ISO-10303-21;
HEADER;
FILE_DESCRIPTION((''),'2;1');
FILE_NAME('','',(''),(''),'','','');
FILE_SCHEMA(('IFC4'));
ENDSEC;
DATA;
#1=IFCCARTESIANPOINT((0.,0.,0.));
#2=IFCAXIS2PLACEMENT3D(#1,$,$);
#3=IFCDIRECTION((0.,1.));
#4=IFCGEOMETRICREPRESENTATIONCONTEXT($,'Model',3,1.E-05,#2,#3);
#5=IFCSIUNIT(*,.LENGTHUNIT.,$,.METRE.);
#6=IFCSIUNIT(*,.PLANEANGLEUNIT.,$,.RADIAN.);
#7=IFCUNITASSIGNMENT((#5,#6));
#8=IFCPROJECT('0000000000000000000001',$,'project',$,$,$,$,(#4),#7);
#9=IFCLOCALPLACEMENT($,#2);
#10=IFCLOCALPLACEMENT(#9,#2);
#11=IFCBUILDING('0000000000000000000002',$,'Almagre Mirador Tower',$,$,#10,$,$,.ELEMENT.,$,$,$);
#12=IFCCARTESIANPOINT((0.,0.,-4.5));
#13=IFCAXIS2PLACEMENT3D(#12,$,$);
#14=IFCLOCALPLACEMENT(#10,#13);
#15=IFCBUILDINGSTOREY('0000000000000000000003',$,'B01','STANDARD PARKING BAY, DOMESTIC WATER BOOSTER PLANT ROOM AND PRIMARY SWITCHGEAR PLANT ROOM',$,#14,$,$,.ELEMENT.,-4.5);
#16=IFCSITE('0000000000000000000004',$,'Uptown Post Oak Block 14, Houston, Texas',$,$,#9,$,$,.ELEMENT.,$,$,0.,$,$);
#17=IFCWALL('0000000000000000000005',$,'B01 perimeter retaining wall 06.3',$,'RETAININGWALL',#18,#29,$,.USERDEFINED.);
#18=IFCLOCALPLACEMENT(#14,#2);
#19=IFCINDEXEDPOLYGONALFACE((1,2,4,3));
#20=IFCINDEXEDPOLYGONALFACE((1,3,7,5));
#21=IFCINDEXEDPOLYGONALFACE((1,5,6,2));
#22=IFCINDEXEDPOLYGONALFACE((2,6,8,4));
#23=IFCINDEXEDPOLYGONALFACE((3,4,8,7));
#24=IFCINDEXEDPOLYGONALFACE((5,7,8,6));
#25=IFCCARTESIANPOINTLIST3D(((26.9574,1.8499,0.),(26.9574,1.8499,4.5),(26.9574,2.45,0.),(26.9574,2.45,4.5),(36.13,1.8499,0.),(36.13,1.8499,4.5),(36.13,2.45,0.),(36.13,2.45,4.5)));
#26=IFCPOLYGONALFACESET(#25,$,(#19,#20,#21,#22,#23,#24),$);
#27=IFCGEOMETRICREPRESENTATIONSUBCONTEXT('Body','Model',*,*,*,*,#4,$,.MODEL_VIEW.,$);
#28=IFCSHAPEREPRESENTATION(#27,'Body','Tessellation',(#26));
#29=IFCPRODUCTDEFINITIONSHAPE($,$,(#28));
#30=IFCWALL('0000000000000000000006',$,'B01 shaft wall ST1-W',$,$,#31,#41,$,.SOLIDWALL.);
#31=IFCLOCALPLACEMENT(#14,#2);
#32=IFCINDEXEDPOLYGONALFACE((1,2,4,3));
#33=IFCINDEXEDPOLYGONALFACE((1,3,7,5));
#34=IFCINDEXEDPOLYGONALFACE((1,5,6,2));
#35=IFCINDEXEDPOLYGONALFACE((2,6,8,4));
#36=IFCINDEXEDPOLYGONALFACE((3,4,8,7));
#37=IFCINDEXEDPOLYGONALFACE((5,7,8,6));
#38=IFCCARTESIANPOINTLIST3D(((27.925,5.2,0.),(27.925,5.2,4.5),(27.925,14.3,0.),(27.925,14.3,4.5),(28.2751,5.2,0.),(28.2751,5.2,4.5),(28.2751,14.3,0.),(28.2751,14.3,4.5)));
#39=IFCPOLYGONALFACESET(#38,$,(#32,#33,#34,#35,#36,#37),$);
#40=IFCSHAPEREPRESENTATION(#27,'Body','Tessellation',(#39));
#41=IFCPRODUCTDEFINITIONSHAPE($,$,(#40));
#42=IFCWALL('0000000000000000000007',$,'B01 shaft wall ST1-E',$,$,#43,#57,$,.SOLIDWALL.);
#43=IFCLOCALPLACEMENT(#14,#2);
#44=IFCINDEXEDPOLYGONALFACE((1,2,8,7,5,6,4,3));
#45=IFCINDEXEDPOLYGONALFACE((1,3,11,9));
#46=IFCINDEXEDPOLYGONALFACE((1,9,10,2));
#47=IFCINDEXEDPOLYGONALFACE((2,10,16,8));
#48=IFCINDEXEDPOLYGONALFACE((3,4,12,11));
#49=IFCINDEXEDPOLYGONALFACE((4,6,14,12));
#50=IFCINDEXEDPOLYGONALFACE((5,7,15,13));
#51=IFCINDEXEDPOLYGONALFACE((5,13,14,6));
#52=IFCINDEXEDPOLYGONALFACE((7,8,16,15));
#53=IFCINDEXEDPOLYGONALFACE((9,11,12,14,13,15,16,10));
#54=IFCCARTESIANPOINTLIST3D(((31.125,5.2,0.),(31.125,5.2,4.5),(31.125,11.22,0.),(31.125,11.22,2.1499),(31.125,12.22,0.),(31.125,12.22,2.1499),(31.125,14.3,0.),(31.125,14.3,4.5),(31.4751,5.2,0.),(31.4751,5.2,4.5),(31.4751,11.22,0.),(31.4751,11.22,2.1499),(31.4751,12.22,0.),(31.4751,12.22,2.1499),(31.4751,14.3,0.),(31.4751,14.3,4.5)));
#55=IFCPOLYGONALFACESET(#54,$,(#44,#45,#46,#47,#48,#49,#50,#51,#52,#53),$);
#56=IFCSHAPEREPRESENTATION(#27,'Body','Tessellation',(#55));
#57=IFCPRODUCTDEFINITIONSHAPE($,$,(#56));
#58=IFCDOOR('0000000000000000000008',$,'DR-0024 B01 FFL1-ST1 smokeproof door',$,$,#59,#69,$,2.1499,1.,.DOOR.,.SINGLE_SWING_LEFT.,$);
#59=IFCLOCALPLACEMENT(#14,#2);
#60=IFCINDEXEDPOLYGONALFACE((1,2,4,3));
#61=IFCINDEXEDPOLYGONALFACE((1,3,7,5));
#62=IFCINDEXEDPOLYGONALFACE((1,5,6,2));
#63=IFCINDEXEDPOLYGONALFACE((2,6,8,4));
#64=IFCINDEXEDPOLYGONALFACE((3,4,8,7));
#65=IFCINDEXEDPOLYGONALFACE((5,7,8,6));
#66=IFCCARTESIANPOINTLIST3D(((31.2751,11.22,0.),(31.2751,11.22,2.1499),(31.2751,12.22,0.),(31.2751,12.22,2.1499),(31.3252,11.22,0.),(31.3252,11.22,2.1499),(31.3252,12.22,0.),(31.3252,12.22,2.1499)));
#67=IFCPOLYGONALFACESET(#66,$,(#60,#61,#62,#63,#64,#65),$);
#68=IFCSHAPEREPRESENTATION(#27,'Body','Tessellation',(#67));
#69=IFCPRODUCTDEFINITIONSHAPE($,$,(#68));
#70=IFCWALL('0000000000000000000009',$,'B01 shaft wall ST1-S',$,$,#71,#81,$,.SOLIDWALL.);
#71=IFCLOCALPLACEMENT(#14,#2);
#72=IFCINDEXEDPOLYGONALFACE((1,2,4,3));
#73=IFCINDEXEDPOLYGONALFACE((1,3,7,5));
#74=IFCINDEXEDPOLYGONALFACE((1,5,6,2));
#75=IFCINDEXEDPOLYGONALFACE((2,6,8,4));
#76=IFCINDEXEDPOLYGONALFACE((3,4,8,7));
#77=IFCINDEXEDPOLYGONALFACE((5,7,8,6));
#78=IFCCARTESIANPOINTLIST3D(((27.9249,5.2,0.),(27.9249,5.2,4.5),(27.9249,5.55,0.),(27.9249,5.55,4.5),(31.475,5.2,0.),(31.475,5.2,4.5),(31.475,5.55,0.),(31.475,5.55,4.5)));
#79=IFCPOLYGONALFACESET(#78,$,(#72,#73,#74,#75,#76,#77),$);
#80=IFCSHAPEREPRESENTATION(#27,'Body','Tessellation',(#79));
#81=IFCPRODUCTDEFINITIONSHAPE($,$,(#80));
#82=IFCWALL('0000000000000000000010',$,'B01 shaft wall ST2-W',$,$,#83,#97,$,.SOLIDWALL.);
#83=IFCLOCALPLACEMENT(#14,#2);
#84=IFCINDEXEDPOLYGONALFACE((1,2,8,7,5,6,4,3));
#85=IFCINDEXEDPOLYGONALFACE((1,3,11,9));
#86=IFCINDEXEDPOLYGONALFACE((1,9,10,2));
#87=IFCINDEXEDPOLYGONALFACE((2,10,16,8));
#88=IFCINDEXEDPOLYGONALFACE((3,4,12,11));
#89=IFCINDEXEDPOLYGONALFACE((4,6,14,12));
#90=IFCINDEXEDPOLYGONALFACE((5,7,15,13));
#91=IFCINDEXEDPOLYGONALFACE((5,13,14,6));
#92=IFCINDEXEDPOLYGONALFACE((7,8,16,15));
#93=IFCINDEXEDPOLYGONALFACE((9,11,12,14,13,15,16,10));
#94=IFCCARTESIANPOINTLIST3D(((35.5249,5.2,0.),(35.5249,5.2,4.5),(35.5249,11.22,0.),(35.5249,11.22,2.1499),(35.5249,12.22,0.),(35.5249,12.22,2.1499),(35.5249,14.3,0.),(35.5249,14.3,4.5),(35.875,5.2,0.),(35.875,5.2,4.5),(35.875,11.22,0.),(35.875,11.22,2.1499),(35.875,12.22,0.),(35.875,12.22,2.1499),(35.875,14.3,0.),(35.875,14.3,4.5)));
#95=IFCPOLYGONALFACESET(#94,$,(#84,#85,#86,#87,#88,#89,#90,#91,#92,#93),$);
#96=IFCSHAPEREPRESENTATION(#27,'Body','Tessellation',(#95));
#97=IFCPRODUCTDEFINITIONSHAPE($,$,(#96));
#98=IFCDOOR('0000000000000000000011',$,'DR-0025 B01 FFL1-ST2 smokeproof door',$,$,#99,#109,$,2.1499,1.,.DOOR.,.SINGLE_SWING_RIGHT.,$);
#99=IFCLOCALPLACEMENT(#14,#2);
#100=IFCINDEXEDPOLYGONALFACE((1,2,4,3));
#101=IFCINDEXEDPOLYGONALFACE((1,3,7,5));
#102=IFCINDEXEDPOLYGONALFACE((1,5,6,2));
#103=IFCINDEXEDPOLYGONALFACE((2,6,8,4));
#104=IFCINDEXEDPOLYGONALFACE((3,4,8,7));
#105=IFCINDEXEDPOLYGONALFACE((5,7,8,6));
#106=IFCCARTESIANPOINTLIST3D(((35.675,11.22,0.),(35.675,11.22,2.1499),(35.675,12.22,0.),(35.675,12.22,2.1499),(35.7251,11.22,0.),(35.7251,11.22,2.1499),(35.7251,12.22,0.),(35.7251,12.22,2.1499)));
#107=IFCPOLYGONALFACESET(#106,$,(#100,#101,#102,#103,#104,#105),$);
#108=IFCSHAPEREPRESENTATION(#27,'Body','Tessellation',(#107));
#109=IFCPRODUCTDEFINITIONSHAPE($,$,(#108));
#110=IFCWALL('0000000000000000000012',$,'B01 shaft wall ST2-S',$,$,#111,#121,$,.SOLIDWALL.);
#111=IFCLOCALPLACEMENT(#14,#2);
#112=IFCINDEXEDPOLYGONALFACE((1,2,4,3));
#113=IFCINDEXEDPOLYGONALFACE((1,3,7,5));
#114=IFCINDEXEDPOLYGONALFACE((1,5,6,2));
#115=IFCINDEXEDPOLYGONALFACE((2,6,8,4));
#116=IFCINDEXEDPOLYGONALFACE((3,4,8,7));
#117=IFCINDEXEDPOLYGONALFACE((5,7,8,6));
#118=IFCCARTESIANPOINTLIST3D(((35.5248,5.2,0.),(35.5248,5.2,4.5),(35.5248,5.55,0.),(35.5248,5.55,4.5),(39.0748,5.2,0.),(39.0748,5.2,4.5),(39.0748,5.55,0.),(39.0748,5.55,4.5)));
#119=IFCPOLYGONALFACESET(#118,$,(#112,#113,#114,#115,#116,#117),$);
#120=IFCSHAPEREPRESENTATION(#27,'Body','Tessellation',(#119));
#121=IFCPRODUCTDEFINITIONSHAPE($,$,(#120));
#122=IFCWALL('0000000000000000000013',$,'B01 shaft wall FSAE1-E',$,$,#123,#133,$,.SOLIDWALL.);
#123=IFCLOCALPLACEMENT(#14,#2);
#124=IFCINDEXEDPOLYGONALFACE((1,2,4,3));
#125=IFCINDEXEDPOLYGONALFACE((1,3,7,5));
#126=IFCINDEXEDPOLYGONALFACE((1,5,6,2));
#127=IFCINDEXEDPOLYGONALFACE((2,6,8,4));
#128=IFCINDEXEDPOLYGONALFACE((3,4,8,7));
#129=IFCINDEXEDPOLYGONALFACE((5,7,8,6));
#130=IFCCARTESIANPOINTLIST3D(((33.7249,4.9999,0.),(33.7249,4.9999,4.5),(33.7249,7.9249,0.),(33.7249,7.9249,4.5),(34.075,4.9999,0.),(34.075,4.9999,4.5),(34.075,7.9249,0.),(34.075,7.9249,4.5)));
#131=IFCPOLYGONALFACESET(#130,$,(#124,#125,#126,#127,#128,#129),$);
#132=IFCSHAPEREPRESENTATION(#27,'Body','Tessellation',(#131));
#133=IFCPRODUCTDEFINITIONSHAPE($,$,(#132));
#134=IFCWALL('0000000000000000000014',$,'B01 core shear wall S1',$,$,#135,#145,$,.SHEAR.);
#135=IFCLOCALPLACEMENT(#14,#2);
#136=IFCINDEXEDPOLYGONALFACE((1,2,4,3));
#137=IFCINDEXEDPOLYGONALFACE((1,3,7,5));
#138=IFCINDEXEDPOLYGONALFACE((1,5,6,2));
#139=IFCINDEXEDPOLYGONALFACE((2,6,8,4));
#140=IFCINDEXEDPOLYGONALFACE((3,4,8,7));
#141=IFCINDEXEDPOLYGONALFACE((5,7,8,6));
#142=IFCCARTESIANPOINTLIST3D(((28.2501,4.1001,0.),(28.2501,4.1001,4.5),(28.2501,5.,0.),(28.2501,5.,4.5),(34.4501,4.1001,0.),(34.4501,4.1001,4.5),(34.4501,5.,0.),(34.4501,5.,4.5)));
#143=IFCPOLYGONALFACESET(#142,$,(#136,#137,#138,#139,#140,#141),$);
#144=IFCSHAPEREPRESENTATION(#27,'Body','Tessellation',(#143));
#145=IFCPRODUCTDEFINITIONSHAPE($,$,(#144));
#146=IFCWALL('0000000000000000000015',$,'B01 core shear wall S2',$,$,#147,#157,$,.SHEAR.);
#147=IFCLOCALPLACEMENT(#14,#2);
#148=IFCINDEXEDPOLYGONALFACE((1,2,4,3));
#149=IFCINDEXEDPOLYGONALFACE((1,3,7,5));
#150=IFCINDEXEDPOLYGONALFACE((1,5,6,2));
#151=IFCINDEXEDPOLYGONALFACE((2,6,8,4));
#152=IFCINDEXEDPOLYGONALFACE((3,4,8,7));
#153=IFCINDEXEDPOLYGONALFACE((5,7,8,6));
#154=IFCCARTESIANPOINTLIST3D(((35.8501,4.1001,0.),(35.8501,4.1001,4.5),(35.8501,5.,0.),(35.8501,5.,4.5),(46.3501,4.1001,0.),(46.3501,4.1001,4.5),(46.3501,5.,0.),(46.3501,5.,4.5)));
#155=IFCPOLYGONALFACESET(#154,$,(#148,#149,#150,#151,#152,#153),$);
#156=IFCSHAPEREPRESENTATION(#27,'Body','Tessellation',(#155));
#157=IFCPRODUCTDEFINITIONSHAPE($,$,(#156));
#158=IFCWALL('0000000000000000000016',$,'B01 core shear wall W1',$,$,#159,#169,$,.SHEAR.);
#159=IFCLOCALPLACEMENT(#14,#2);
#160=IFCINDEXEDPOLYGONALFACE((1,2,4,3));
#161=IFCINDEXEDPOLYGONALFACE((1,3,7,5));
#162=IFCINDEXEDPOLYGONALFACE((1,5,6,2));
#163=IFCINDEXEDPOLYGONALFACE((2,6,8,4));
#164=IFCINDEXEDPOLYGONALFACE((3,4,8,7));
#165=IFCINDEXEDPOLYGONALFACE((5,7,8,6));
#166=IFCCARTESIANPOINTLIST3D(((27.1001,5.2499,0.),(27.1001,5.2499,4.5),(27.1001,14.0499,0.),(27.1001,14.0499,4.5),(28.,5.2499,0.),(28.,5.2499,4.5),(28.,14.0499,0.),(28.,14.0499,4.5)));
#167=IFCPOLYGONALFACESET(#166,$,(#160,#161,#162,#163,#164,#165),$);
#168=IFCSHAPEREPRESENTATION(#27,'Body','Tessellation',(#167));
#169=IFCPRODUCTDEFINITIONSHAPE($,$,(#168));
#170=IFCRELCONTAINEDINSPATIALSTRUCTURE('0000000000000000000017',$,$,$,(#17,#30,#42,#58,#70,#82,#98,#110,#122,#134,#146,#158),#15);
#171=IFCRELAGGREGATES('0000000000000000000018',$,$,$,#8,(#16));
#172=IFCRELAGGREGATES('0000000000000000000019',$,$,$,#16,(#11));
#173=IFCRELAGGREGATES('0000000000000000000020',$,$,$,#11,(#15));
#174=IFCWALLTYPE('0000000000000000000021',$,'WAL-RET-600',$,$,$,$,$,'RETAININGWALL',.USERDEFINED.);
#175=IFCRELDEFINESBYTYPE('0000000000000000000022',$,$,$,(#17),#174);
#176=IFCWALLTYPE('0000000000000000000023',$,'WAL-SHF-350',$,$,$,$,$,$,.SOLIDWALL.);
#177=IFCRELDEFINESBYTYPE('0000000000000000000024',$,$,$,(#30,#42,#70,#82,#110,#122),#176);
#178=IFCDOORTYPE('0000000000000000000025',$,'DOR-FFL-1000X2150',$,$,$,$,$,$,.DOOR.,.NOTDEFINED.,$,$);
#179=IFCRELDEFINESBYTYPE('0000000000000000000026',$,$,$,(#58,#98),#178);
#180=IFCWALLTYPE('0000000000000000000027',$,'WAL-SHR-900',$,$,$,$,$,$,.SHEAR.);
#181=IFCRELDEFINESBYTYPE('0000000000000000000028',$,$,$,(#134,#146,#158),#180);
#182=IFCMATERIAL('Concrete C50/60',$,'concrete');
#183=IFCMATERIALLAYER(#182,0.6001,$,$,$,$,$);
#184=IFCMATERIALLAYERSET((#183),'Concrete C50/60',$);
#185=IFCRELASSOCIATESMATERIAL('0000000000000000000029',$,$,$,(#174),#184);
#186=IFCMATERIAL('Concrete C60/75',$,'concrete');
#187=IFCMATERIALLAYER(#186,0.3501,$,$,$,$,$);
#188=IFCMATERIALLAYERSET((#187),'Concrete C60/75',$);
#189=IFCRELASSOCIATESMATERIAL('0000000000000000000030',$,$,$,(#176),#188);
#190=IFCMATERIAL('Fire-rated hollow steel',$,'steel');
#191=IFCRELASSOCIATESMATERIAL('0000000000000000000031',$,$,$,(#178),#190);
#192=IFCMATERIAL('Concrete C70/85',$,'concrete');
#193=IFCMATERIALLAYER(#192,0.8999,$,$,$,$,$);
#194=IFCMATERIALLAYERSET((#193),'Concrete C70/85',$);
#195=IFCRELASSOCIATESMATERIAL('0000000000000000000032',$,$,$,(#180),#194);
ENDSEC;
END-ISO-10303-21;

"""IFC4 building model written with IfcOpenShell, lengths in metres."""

from ifc_helpers import new_model, si_unit, direction, frame, frame_2d, origin, place, context, subcontext, project, spatial, rectangle, extrude, material, layer, layer_set, type_object, element, fill, save


model = new_model("IFC4")

# Units and contexts
model_context = context("Model", 3, precision=1e-05, world=origin(), true_north=direction((0.0, 1.0)))
body_context = subcontext(model_context, "Body", "Model", "MODEL_VIEW")
ifc_project = project(units=[si_unit("LENGTHUNIT", "METRE"), si_unit("PLANEANGLEUNIT", "RADIAN")], contexts=[model_context])

# Site, building, storey
site_placement = place(None, origin())
site = spatial("IfcSite", under=ifc_project, at=site_placement, Name="Uptown Post Oak Block 14, Houston, Texas", CompositionType="ELEMENT", RefElevation=0.0)
building_placement = place(site_placement, origin())
building = spatial("IfcBuilding", under=site, at=building_placement, Name="Almagre Mirador Tower", CompositionType="ELEMENT")
storey_placement = place(building_placement, frame((0.0, 0.0, -4.5)))
storey = spatial("IfcBuildingStorey", under=building, at=storey_placement, Name="B01", Description="STANDARD PARKING BAY, DOMESTIC WATER BOOSTER PLANT ROOM AND PRIMARY SWITCHGEAR PLANT ROOM", CompositionType="ELEMENT", Elevation=-4.5)

# Walls
ifc_material_1 = material(Name="Concrete C50/60", Category="concrete")
ifc_layer_1 = layer(ifc_material_1, 0.6001)
ifc_layer_set_1 = layer_set([ifc_layer_1], Name="Concrete C50/60")
wall_type_1 = type_object("IfcWallType", Name="WAL-RET-600", ElementType="RETAININGWALL", PredefinedType="USERDEFINED", material=ifc_layer_set_1)
wall_1_placement = place(storey_placement, frame((26.9573, 2.1499, 0.0), z_axis=(0.0, 0.0, 1.0), x_axis=(1.0, 0.0, 0.0)))
element("IfcWall", 1, at=wall_1_placement, inside=storey, type_object=wall_type_1, Name="B01 perimeter retaining wall 06.3", ObjectType="RETAININGWALL", PredefinedType="USERDEFINED", context=body_context, shape_type="SweptSolid", body=[
    extrude(rectangle(XDim=9.1726, YDim=0.6001, at=frame_2d((4.5864, 0.0))), origin(), (0.0, 0.0, 1.0), 4.5),
])
ifc_material_2 = material(Name="Concrete C60/75", Category="concrete")
ifc_layer_2 = layer(ifc_material_2, 0.3501)
ifc_layer_set_2 = layer_set([ifc_layer_2], Name="Concrete C60/75")
wall_type_2 = type_object("IfcWallType", Name="WAL-SHF-350", PredefinedType="SOLIDWALL", material=ifc_layer_set_2)
wall_2_placement = place(storey_placement, frame((28.1001, 5.2, 0.0), z_axis=(0.0, 0.0, 1.0), x_axis=(0.0, 1.0, 0.0)))
element("IfcWall", 2, at=wall_2_placement, inside=storey, type_object=wall_type_2, Name="B01 shaft wall ST1-W", PredefinedType="SOLIDWALL", context=body_context, shape_type="SweptSolid", body=[
    extrude(rectangle(XDim=9.1001, YDim=0.3501, at=frame_2d((4.55, 0.0))), origin(), (0.0, 0.0, 1.0), 4.5),
])

# Wall, opening, door
wall_3_placement = place(storey_placement, frame((31.3, 5.2, 0.0), z_axis=(0.0, 0.0, 1.0), x_axis=(0.0, 1.0, 0.0)))
wall_3 = element("IfcWall", 3, at=wall_3_placement, inside=storey, type_object=wall_type_2, Name="B01 shaft wall ST1-E", PredefinedType="SOLIDWALL", context=body_context, shape_type="SweptSolid", body=[
    extrude(rectangle(XDim=9.1001, YDim=0.3501, at=frame_2d((4.55, 0.0))), origin(), (0.0, 0.0, 1.0), 4.5),
])
opening_1_placement = place(wall_3_placement, frame((6.02, 0.0, 0.0)))
opening_1 = element("IfcOpeningElement", 4, at=opening_1_placement, cuts=wall_3, PredefinedType="OPENING", context=body_context, shape_type="SweptSolid", body=[
    extrude(rectangle(XDim=1.0, YDim=2.1499, at=frame_2d((0.5, 1.075))), frame((0.0, 0.185, 0.0), z_axis=(0.0, -1.0, 0.0), x_axis=(1.0, 0.0, 0.0)), (0.0, 0.0, 1.0), 0.3701),
])
ifc_material_3 = material(Name="Fire-rated hollow steel", Category="steel")
door_type = type_object("IfcDoorType", Name="DOR-FFL-1000X2150", OperationType="NOTDEFINED", PredefinedType="DOOR", material=ifc_material_3)
door_1_placement = place(opening_1_placement, origin())
door_1 = element("IfcDoor", 5, at=door_1_placement, inside=storey, type_object=door_type, Name="DR-0024 B01 FFL1-ST1 smokeproof door", OperationType="SINGLE_SWING_LEFT", OverallHeight=2.1499, OverallWidth=1.0, PredefinedType="DOOR", context=body_context, shape_type="SweptSolid", body=[
    extrude(rectangle(XDim=1.0, YDim=2.1499, at=frame_2d((0.5, 1.075))), frame((0.0, 0.0249, 0.0), z_axis=(0.0, -1.0, 0.0), x_axis=(1.0, 0.0, 0.0)), (0.0, 0.0, 1.0), 0.05),
])
fill(opening_1, door_1)

# Wall
wall_4_placement = place(storey_placement, frame((27.925, 5.375, 0.0), z_axis=(0.0, 0.0, 1.0), x_axis=(1.0, 0.0, 0.0)))
element("IfcWall", 6, at=wall_4_placement, inside=storey, type_object=wall_type_2, Name="B01 shaft wall ST1-S", PredefinedType="SOLIDWALL", context=body_context, shape_type="SweptSolid", body=[
    extrude(rectangle(XDim=3.55, YDim=0.3501, at=frame_2d((1.7749, 0.0))), origin(), (0.0, 0.0, 1.0), 4.5),
])

# Wall, opening, door
wall_5_placement = place(storey_placement, frame((35.7, 5.2, 0.0), z_axis=(0.0, 0.0, 1.0), x_axis=(0.0, 1.0, 0.0)))
wall_5 = element("IfcWall", 7, at=wall_5_placement, inside=storey, type_object=wall_type_2, Name="B01 shaft wall ST2-W", PredefinedType="SOLIDWALL", context=body_context, shape_type="SweptSolid", body=[
    extrude(rectangle(XDim=9.1001, YDim=0.3501, at=frame_2d((4.55, 0.0))), origin(), (0.0, 0.0, 1.0), 4.5),
])
opening_2_placement = place(wall_5_placement, frame((6.02, 0.0, 0.0)))
opening_2 = element("IfcOpeningElement", 8, at=opening_2_placement, cuts=wall_5, PredefinedType="OPENING", context=body_context, shape_type="SweptSolid", body=[
    extrude(rectangle(XDim=1.0, YDim=2.1499, at=frame_2d((0.5, 1.075))), frame((0.0, 0.185, 0.0), z_axis=(0.0, -1.0, 0.0), x_axis=(1.0, 0.0, 0.0)), (0.0, 0.0, 1.0), 0.3701),
])
door_2_placement = place(opening_2_placement, origin())
door_2 = element("IfcDoor", 9, at=door_2_placement, inside=storey, type_object=door_type, Name="DR-0025 B01 FFL1-ST2 smokeproof door", OperationType="SINGLE_SWING_RIGHT", OverallHeight=2.1499, OverallWidth=1.0, PredefinedType="DOOR", context=body_context, shape_type="SweptSolid", body=[
    extrude(rectangle(XDim=1.0, YDim=2.1499, at=frame_2d((0.5, 1.075))), frame((0.0, 0.0249, 0.0), z_axis=(0.0, -1.0, 0.0), x_axis=(1.0, 0.0, 0.0)), (0.0, 0.0, 1.0), 0.05),
])
fill(opening_2, door_2)

# Walls
wall_6_placement = place(storey_placement, frame((35.5249, 5.375, 0.0), z_axis=(0.0, 0.0, 1.0), x_axis=(1.0, 0.0, 0.0)))
element("IfcWall", 10, at=wall_6_placement, inside=storey, type_object=wall_type_2, Name="B01 shaft wall ST2-S", PredefinedType="SOLIDWALL", context=body_context, shape_type="SweptSolid", body=[
    extrude(rectangle(XDim=3.55, YDim=0.3501, at=frame_2d((1.7749, 0.0))), origin(), (0.0, 0.0, 1.0), 4.5),
])
wall_7_placement = place(storey_placement, frame((33.8999, 5.0, 0.0), z_axis=(0.0, 0.0, 1.0), x_axis=(0.0, 1.0, 0.0)))
element("IfcWall", 11, at=wall_7_placement, inside=storey, type_object=wall_type_2, Name="B01 shaft wall FSAE1-E", PredefinedType="SOLIDWALL", context=body_context, shape_type="SweptSolid", body=[
    extrude(rectangle(XDim=2.925, YDim=0.3501, at=frame_2d((1.4624, 0.0))), origin(), (0.0, 0.0, 1.0), 4.5),
])
ifc_material_4 = material(Name="Concrete C70/85", Category="concrete")
ifc_layer_3 = layer(ifc_material_4, 0.8999)
ifc_layer_set_3 = layer_set([ifc_layer_3], Name="Concrete C70/85")
wall_type_3 = type_object("IfcWallType", Name="WAL-SHR-900", PredefinedType="SHEAR", material=ifc_layer_set_3)
wall_8_placement = place(storey_placement, frame((28.25, 4.55, 0.0), z_axis=(0.0, 0.0, 1.0), x_axis=(1.0, 0.0, 0.0)))
element("IfcWall", 12, at=wall_8_placement, inside=storey, type_object=wall_type_3, Name="B01 core shear wall S1", PredefinedType="SHEAR", context=body_context, shape_type="SweptSolid", body=[
    extrude(rectangle(XDim=6.2, YDim=0.8999, at=frame_2d((3.1001, 0.0))), origin(), (0.0, 0.0, 1.0), 4.5),
])
wall_9_placement = place(storey_placement, frame((35.8501, 4.55, 0.0), z_axis=(0.0, 0.0, 1.0), x_axis=(1.0, 0.0, 0.0)))
element("IfcWall", 13, at=wall_9_placement, inside=storey, type_object=wall_type_3, Name="B01 core shear wall S2", PredefinedType="SHEAR", context=body_context, shape_type="SweptSolid", body=[
    extrude(rectangle(XDim=10.5, YDim=0.8999, at=frame_2d((5.25, 0.0))), origin(), (0.0, 0.0, 1.0), 4.5),
])
wall_10_placement = place(storey_placement, frame((27.55, 5.25, 0.0), z_axis=(0.0, 0.0, 1.0), x_axis=(0.0, 1.0, 0.0)))
element("IfcWall", 14, at=wall_10_placement, inside=storey, type_object=wall_type_3, Name="B01 core shear wall W1", PredefinedType="SHEAR", context=body_context, shape_type="SweptSolid", body=[
    extrude(rectangle(XDim=8.8, YDim=0.8999, at=frame_2d((4.3999, 0.0))), origin(), (0.0, 0.0, 1.0), 4.5),
])

save(model, "model.ifc")
